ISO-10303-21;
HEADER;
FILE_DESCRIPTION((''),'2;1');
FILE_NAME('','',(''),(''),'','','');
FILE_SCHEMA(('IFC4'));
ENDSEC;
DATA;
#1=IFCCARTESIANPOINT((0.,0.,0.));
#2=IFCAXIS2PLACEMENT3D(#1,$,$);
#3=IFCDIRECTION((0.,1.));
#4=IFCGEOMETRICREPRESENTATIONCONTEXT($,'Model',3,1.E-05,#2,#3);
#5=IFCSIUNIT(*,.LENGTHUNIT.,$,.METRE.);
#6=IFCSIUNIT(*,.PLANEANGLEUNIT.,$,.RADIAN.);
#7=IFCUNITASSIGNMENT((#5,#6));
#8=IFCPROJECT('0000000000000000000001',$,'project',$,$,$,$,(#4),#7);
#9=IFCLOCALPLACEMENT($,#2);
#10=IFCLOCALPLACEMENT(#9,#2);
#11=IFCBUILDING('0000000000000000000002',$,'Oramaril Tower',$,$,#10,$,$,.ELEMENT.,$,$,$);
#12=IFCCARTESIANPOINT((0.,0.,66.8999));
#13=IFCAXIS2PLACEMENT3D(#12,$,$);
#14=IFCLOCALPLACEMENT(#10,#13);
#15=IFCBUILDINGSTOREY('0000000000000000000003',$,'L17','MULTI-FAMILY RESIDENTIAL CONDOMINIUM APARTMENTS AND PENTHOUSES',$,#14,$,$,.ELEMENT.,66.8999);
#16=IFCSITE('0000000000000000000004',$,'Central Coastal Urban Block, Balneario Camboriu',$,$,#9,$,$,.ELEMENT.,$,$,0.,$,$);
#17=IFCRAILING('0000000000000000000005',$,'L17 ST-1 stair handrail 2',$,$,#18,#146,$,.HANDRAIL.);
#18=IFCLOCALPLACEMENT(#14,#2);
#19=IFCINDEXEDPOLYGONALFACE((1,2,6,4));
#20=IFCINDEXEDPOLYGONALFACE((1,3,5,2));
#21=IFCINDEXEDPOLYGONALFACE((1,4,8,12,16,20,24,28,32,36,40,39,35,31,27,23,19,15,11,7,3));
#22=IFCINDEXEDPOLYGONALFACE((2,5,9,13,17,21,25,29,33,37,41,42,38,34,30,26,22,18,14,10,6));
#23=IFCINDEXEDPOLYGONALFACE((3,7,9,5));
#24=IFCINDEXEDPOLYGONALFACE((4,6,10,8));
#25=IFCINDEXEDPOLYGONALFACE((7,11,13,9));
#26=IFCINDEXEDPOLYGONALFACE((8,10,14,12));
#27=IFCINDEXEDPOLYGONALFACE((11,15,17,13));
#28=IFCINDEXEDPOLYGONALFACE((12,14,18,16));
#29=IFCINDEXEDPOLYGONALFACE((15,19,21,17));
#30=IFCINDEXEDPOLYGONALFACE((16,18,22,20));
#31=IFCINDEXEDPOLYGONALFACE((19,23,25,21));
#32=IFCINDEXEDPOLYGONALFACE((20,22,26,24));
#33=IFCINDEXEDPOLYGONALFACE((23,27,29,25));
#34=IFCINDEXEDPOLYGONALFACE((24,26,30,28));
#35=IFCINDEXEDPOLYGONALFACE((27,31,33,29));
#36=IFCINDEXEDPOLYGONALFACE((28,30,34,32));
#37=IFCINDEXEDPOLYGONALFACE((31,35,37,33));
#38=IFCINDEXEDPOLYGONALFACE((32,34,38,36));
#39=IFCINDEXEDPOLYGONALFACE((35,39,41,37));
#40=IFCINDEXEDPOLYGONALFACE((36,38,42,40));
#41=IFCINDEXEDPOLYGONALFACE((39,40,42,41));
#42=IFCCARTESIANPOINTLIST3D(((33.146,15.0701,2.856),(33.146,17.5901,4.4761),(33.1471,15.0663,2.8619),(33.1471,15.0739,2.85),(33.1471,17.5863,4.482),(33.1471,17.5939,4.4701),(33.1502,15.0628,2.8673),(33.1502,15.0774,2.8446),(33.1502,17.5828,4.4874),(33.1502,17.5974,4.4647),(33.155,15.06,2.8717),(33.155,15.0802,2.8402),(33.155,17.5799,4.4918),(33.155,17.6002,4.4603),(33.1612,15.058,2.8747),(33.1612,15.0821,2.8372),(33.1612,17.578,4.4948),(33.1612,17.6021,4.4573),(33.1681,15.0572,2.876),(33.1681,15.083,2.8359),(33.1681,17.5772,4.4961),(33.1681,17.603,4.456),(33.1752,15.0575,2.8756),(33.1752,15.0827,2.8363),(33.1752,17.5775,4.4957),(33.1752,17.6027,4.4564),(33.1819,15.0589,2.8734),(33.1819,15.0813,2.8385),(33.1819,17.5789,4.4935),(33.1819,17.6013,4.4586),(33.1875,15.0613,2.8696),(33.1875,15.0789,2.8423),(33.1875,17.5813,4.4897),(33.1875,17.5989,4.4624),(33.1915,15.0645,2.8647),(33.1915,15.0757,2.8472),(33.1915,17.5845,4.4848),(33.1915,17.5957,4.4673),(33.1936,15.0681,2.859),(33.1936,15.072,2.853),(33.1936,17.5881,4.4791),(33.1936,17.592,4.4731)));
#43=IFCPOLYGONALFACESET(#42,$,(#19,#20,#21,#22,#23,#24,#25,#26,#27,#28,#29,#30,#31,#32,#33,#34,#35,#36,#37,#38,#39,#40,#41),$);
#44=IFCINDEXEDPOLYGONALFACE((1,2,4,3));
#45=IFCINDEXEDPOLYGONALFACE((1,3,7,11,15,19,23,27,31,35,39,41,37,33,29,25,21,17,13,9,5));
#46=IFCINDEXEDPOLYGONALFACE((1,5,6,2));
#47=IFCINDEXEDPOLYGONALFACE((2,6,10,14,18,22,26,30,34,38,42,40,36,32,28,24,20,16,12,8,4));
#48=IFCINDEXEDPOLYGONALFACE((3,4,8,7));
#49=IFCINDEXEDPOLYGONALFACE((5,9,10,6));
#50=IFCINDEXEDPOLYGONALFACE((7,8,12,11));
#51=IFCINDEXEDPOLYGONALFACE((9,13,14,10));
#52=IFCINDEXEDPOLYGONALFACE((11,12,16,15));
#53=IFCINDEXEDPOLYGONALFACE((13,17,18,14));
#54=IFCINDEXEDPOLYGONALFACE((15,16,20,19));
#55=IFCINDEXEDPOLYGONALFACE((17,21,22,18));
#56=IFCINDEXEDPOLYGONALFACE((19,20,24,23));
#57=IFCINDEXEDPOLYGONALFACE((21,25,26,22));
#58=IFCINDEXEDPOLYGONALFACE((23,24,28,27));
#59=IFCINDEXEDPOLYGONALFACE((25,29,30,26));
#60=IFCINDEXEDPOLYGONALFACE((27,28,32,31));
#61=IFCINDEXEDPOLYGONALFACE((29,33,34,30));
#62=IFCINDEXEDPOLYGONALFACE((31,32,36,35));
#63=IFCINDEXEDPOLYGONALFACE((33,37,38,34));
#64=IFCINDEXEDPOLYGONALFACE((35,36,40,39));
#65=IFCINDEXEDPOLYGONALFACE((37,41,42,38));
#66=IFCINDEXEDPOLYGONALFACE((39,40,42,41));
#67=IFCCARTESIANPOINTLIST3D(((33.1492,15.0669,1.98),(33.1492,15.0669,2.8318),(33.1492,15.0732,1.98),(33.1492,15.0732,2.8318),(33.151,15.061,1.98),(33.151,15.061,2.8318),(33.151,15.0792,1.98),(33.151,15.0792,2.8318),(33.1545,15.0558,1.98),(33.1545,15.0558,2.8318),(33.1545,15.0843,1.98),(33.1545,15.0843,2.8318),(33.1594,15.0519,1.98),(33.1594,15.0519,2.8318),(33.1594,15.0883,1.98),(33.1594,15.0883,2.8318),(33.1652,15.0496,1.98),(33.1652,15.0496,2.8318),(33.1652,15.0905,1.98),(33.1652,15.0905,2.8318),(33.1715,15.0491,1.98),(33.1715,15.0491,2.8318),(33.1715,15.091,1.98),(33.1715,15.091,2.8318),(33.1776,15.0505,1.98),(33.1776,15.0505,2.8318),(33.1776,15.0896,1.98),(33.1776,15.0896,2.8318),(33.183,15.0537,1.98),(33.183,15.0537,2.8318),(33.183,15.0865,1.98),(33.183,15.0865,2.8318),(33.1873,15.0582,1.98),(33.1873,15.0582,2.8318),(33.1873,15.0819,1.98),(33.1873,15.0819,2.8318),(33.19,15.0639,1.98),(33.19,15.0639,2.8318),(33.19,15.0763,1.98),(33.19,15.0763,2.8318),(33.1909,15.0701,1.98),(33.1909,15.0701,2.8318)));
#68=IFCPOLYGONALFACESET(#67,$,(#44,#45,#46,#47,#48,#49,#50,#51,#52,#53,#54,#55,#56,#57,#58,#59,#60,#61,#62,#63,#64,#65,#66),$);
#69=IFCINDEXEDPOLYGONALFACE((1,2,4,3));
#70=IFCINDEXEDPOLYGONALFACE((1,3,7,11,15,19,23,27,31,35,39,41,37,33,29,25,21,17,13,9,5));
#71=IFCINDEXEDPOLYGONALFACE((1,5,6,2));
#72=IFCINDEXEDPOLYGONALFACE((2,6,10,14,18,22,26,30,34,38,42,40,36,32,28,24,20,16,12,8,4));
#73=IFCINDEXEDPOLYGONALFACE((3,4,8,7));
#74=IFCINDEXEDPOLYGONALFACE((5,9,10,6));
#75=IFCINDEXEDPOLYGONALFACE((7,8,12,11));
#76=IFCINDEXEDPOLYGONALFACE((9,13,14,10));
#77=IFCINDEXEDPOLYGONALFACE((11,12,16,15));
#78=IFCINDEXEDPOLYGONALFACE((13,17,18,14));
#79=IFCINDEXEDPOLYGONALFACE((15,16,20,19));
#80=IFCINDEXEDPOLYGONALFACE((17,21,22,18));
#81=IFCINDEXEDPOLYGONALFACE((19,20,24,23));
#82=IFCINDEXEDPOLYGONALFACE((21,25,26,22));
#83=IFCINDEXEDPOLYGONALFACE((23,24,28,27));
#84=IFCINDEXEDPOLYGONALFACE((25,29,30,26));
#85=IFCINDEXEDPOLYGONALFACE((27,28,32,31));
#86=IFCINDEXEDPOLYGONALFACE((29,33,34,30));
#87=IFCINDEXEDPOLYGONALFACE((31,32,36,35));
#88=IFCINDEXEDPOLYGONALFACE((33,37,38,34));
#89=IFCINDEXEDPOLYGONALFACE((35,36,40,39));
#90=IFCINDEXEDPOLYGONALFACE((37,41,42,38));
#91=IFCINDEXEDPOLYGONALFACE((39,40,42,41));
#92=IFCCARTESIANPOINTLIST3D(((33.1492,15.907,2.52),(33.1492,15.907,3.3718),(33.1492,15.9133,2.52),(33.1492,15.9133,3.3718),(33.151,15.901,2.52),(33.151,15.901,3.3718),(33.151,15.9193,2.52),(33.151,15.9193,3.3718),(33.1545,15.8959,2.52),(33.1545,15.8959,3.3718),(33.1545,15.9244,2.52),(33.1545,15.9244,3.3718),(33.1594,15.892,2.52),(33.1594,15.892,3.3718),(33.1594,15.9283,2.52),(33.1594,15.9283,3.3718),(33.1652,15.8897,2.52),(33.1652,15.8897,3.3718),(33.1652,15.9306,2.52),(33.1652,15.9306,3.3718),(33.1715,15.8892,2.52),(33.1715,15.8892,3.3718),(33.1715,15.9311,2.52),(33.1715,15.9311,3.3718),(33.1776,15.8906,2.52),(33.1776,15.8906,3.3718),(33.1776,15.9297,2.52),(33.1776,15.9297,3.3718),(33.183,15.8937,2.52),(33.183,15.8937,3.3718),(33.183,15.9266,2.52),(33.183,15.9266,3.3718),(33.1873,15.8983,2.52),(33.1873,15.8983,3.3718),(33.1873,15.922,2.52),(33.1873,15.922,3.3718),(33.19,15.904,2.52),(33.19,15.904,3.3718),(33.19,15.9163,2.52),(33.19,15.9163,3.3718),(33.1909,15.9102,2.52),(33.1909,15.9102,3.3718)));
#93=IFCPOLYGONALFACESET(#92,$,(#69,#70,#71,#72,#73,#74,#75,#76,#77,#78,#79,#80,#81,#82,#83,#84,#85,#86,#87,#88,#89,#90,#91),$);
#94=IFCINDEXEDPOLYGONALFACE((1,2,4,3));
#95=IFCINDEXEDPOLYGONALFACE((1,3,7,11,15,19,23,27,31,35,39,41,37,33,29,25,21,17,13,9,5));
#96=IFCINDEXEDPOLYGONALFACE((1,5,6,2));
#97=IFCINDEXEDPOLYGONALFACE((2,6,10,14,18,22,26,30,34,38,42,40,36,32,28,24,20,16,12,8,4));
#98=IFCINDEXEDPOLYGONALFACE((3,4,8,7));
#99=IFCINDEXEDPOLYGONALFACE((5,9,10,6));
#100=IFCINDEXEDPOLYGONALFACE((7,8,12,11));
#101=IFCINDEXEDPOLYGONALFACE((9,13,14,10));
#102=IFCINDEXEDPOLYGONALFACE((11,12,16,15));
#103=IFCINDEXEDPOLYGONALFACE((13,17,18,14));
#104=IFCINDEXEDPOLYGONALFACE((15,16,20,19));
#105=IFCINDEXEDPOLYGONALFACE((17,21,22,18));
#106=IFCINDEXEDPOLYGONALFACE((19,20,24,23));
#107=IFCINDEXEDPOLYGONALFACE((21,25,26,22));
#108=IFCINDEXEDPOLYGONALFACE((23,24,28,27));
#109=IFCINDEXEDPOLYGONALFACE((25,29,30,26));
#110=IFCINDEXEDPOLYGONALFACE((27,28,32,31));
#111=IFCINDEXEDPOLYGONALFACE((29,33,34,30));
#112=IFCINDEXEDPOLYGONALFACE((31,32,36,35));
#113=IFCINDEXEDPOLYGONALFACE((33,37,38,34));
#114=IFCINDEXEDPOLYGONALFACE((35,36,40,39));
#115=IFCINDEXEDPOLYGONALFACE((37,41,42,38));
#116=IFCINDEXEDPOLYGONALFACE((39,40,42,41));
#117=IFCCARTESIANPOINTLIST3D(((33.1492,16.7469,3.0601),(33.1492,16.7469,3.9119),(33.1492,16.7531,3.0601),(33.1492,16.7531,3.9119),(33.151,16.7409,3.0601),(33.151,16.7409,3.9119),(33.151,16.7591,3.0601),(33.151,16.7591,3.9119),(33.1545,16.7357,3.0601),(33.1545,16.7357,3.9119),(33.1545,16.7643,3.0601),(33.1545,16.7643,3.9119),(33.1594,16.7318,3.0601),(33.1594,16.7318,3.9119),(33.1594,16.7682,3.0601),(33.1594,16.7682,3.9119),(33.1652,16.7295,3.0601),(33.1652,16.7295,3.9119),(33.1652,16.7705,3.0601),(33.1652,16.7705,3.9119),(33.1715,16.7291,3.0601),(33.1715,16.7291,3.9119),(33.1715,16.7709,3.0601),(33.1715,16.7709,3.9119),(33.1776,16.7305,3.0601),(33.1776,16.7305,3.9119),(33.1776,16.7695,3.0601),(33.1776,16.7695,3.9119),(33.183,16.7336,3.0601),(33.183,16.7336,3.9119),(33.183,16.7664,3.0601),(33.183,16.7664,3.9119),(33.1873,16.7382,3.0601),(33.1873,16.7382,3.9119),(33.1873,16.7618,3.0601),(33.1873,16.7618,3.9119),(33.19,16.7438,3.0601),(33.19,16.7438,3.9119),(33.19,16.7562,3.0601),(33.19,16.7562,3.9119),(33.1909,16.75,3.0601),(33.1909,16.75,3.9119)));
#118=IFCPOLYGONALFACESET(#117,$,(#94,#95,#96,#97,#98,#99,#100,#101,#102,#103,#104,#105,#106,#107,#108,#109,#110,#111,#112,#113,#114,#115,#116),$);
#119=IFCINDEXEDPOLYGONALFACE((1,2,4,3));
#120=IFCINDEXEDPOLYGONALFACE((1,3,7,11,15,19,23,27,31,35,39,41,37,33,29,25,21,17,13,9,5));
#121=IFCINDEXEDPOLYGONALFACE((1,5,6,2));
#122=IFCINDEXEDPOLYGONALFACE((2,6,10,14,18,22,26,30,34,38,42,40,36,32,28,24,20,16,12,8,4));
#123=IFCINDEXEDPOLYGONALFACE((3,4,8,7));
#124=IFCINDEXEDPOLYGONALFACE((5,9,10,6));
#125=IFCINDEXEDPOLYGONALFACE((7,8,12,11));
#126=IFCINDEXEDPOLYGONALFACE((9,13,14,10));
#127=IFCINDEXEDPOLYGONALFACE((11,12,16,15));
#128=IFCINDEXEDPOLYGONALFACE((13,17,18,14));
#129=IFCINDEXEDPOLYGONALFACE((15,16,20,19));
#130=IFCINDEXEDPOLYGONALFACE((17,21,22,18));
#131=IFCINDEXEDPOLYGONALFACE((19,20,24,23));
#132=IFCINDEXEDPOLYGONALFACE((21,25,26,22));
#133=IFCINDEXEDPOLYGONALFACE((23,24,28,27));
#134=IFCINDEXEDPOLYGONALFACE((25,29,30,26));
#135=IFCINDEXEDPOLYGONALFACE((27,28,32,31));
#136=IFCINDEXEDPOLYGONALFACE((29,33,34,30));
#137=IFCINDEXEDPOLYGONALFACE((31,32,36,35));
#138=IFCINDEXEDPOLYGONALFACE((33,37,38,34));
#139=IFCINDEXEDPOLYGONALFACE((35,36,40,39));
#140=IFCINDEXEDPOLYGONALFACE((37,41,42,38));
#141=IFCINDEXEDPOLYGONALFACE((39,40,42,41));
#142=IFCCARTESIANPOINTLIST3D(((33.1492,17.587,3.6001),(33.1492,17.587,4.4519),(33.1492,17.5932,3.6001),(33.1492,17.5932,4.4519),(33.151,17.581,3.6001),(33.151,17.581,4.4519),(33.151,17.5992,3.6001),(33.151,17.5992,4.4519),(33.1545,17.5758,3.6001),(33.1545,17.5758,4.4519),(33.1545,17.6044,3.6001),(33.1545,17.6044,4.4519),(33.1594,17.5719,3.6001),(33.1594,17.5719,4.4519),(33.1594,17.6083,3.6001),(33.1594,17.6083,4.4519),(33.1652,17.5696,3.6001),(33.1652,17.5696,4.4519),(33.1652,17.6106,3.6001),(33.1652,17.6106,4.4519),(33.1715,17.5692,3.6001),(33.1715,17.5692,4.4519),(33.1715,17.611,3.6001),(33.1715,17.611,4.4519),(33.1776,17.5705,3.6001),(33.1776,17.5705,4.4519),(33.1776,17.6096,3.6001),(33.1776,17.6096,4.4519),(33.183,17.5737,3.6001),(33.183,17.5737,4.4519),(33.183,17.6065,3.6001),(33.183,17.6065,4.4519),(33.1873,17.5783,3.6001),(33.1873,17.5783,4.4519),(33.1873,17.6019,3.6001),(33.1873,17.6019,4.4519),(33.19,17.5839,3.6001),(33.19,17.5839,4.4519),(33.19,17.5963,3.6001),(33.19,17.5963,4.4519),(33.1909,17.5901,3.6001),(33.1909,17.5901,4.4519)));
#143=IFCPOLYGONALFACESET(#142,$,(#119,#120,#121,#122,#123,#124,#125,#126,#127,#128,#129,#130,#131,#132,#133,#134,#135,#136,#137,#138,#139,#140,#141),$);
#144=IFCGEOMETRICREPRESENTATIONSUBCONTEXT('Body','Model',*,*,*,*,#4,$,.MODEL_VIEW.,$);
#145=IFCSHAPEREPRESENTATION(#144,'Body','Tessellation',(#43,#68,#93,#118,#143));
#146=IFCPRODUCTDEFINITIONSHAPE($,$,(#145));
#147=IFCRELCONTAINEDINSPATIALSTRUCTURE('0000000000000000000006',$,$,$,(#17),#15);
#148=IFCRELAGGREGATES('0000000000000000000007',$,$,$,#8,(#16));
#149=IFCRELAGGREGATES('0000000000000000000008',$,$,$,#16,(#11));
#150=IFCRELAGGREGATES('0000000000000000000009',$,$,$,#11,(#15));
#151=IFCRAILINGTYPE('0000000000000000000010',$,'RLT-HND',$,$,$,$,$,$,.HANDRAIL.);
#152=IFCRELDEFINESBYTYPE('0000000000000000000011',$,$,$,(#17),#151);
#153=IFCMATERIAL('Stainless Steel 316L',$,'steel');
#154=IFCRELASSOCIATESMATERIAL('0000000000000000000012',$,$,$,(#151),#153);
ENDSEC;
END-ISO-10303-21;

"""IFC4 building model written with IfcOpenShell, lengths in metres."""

from ifc_helpers import new_model, si_unit, direction, frame, origin, origin_2d, place, context, subcontext, project, spatial, circle, extrude, material, type_object, element, save


model = new_model("IFC4")

# Units and contexts
model_context = context("Model", 3, precision=1e-05, world=origin(), true_north=direction((0.0, 1.0)))
body_context = subcontext(model_context, "Body", "Model", "MODEL_VIEW")
ifc_project = project(units=[si_unit("LENGTHUNIT", "METRE"), si_unit("PLANEANGLEUNIT", "RADIAN")], contexts=[model_context])

# Site, building, storey
site_placement = place(None, origin())
site = spatial("IfcSite", under=ifc_project, at=site_placement, Name="Central Coastal Urban Block, Balneario Camboriu", CompositionType="ELEMENT", RefElevation=0.0)
building_placement = place(site_placement, origin())
building = spatial("IfcBuilding", under=site, at=building_placement, Name="Oramaril Tower", CompositionType="ELEMENT")
storey_placement = place(building_placement, frame((0.0, 0.0, 66.8999)))
storey = spatial("IfcBuildingStorey", under=building, at=storey_placement, Name="L17", Description="MULTI-FAMILY RESIDENTIAL CONDOMINIUM APARTMENTS AND PENTHOUSES", CompositionType="ELEMENT", Elevation=66.8999)

# Railing
ifc_material_1 = material(Name="Stainless Steel 316L", Category="steel")
railing_type_1 = type_object("IfcRailingType", Name="RLT-HND", PredefinedType="HANDRAIL", material=ifc_material_1)
railing_1_placement = place(storey_placement, frame((33.1699, 15.0701, 1.98)))
element("IfcRailing", 1, at=railing_1_placement, inside=storey, type_object=railing_type_1, Name="L17 ST-1 stair handrail 2", PredefinedType="HANDRAIL", context=body_context, shape_type="SweptSolid", body=[
    extrude(circle(Radius=0.0239, at=origin_2d()), frame((0.0, 0.0, 0.876), z_axis=(0.0, 0.841163, 0.540782), x_axis=(-1.0, 0.0, 0.0)), (0.0, 0.0, 1.0), 2.9958),
    extrude(circle(Radius=0.021, at=origin_2d()), origin(), (0.0, 0.0, 1.0), 0.8518),
    extrude(circle(Radius=0.021, at=origin_2d()), frame((0.0, 0.8401, 0.54)), (0.0, 0.0, 1.0), 0.8518),
    extrude(circle(Radius=0.021, at=origin_2d()), frame((0.0, 1.6799, 1.0801)), (0.0, 0.0, 1.0), 0.8518),
    extrude(circle(Radius=0.021, at=origin_2d()), frame((0.0, 2.52, 1.6201)), (0.0, 0.0, 1.0), 0.8518),
])

save(model, "model.ifc")
